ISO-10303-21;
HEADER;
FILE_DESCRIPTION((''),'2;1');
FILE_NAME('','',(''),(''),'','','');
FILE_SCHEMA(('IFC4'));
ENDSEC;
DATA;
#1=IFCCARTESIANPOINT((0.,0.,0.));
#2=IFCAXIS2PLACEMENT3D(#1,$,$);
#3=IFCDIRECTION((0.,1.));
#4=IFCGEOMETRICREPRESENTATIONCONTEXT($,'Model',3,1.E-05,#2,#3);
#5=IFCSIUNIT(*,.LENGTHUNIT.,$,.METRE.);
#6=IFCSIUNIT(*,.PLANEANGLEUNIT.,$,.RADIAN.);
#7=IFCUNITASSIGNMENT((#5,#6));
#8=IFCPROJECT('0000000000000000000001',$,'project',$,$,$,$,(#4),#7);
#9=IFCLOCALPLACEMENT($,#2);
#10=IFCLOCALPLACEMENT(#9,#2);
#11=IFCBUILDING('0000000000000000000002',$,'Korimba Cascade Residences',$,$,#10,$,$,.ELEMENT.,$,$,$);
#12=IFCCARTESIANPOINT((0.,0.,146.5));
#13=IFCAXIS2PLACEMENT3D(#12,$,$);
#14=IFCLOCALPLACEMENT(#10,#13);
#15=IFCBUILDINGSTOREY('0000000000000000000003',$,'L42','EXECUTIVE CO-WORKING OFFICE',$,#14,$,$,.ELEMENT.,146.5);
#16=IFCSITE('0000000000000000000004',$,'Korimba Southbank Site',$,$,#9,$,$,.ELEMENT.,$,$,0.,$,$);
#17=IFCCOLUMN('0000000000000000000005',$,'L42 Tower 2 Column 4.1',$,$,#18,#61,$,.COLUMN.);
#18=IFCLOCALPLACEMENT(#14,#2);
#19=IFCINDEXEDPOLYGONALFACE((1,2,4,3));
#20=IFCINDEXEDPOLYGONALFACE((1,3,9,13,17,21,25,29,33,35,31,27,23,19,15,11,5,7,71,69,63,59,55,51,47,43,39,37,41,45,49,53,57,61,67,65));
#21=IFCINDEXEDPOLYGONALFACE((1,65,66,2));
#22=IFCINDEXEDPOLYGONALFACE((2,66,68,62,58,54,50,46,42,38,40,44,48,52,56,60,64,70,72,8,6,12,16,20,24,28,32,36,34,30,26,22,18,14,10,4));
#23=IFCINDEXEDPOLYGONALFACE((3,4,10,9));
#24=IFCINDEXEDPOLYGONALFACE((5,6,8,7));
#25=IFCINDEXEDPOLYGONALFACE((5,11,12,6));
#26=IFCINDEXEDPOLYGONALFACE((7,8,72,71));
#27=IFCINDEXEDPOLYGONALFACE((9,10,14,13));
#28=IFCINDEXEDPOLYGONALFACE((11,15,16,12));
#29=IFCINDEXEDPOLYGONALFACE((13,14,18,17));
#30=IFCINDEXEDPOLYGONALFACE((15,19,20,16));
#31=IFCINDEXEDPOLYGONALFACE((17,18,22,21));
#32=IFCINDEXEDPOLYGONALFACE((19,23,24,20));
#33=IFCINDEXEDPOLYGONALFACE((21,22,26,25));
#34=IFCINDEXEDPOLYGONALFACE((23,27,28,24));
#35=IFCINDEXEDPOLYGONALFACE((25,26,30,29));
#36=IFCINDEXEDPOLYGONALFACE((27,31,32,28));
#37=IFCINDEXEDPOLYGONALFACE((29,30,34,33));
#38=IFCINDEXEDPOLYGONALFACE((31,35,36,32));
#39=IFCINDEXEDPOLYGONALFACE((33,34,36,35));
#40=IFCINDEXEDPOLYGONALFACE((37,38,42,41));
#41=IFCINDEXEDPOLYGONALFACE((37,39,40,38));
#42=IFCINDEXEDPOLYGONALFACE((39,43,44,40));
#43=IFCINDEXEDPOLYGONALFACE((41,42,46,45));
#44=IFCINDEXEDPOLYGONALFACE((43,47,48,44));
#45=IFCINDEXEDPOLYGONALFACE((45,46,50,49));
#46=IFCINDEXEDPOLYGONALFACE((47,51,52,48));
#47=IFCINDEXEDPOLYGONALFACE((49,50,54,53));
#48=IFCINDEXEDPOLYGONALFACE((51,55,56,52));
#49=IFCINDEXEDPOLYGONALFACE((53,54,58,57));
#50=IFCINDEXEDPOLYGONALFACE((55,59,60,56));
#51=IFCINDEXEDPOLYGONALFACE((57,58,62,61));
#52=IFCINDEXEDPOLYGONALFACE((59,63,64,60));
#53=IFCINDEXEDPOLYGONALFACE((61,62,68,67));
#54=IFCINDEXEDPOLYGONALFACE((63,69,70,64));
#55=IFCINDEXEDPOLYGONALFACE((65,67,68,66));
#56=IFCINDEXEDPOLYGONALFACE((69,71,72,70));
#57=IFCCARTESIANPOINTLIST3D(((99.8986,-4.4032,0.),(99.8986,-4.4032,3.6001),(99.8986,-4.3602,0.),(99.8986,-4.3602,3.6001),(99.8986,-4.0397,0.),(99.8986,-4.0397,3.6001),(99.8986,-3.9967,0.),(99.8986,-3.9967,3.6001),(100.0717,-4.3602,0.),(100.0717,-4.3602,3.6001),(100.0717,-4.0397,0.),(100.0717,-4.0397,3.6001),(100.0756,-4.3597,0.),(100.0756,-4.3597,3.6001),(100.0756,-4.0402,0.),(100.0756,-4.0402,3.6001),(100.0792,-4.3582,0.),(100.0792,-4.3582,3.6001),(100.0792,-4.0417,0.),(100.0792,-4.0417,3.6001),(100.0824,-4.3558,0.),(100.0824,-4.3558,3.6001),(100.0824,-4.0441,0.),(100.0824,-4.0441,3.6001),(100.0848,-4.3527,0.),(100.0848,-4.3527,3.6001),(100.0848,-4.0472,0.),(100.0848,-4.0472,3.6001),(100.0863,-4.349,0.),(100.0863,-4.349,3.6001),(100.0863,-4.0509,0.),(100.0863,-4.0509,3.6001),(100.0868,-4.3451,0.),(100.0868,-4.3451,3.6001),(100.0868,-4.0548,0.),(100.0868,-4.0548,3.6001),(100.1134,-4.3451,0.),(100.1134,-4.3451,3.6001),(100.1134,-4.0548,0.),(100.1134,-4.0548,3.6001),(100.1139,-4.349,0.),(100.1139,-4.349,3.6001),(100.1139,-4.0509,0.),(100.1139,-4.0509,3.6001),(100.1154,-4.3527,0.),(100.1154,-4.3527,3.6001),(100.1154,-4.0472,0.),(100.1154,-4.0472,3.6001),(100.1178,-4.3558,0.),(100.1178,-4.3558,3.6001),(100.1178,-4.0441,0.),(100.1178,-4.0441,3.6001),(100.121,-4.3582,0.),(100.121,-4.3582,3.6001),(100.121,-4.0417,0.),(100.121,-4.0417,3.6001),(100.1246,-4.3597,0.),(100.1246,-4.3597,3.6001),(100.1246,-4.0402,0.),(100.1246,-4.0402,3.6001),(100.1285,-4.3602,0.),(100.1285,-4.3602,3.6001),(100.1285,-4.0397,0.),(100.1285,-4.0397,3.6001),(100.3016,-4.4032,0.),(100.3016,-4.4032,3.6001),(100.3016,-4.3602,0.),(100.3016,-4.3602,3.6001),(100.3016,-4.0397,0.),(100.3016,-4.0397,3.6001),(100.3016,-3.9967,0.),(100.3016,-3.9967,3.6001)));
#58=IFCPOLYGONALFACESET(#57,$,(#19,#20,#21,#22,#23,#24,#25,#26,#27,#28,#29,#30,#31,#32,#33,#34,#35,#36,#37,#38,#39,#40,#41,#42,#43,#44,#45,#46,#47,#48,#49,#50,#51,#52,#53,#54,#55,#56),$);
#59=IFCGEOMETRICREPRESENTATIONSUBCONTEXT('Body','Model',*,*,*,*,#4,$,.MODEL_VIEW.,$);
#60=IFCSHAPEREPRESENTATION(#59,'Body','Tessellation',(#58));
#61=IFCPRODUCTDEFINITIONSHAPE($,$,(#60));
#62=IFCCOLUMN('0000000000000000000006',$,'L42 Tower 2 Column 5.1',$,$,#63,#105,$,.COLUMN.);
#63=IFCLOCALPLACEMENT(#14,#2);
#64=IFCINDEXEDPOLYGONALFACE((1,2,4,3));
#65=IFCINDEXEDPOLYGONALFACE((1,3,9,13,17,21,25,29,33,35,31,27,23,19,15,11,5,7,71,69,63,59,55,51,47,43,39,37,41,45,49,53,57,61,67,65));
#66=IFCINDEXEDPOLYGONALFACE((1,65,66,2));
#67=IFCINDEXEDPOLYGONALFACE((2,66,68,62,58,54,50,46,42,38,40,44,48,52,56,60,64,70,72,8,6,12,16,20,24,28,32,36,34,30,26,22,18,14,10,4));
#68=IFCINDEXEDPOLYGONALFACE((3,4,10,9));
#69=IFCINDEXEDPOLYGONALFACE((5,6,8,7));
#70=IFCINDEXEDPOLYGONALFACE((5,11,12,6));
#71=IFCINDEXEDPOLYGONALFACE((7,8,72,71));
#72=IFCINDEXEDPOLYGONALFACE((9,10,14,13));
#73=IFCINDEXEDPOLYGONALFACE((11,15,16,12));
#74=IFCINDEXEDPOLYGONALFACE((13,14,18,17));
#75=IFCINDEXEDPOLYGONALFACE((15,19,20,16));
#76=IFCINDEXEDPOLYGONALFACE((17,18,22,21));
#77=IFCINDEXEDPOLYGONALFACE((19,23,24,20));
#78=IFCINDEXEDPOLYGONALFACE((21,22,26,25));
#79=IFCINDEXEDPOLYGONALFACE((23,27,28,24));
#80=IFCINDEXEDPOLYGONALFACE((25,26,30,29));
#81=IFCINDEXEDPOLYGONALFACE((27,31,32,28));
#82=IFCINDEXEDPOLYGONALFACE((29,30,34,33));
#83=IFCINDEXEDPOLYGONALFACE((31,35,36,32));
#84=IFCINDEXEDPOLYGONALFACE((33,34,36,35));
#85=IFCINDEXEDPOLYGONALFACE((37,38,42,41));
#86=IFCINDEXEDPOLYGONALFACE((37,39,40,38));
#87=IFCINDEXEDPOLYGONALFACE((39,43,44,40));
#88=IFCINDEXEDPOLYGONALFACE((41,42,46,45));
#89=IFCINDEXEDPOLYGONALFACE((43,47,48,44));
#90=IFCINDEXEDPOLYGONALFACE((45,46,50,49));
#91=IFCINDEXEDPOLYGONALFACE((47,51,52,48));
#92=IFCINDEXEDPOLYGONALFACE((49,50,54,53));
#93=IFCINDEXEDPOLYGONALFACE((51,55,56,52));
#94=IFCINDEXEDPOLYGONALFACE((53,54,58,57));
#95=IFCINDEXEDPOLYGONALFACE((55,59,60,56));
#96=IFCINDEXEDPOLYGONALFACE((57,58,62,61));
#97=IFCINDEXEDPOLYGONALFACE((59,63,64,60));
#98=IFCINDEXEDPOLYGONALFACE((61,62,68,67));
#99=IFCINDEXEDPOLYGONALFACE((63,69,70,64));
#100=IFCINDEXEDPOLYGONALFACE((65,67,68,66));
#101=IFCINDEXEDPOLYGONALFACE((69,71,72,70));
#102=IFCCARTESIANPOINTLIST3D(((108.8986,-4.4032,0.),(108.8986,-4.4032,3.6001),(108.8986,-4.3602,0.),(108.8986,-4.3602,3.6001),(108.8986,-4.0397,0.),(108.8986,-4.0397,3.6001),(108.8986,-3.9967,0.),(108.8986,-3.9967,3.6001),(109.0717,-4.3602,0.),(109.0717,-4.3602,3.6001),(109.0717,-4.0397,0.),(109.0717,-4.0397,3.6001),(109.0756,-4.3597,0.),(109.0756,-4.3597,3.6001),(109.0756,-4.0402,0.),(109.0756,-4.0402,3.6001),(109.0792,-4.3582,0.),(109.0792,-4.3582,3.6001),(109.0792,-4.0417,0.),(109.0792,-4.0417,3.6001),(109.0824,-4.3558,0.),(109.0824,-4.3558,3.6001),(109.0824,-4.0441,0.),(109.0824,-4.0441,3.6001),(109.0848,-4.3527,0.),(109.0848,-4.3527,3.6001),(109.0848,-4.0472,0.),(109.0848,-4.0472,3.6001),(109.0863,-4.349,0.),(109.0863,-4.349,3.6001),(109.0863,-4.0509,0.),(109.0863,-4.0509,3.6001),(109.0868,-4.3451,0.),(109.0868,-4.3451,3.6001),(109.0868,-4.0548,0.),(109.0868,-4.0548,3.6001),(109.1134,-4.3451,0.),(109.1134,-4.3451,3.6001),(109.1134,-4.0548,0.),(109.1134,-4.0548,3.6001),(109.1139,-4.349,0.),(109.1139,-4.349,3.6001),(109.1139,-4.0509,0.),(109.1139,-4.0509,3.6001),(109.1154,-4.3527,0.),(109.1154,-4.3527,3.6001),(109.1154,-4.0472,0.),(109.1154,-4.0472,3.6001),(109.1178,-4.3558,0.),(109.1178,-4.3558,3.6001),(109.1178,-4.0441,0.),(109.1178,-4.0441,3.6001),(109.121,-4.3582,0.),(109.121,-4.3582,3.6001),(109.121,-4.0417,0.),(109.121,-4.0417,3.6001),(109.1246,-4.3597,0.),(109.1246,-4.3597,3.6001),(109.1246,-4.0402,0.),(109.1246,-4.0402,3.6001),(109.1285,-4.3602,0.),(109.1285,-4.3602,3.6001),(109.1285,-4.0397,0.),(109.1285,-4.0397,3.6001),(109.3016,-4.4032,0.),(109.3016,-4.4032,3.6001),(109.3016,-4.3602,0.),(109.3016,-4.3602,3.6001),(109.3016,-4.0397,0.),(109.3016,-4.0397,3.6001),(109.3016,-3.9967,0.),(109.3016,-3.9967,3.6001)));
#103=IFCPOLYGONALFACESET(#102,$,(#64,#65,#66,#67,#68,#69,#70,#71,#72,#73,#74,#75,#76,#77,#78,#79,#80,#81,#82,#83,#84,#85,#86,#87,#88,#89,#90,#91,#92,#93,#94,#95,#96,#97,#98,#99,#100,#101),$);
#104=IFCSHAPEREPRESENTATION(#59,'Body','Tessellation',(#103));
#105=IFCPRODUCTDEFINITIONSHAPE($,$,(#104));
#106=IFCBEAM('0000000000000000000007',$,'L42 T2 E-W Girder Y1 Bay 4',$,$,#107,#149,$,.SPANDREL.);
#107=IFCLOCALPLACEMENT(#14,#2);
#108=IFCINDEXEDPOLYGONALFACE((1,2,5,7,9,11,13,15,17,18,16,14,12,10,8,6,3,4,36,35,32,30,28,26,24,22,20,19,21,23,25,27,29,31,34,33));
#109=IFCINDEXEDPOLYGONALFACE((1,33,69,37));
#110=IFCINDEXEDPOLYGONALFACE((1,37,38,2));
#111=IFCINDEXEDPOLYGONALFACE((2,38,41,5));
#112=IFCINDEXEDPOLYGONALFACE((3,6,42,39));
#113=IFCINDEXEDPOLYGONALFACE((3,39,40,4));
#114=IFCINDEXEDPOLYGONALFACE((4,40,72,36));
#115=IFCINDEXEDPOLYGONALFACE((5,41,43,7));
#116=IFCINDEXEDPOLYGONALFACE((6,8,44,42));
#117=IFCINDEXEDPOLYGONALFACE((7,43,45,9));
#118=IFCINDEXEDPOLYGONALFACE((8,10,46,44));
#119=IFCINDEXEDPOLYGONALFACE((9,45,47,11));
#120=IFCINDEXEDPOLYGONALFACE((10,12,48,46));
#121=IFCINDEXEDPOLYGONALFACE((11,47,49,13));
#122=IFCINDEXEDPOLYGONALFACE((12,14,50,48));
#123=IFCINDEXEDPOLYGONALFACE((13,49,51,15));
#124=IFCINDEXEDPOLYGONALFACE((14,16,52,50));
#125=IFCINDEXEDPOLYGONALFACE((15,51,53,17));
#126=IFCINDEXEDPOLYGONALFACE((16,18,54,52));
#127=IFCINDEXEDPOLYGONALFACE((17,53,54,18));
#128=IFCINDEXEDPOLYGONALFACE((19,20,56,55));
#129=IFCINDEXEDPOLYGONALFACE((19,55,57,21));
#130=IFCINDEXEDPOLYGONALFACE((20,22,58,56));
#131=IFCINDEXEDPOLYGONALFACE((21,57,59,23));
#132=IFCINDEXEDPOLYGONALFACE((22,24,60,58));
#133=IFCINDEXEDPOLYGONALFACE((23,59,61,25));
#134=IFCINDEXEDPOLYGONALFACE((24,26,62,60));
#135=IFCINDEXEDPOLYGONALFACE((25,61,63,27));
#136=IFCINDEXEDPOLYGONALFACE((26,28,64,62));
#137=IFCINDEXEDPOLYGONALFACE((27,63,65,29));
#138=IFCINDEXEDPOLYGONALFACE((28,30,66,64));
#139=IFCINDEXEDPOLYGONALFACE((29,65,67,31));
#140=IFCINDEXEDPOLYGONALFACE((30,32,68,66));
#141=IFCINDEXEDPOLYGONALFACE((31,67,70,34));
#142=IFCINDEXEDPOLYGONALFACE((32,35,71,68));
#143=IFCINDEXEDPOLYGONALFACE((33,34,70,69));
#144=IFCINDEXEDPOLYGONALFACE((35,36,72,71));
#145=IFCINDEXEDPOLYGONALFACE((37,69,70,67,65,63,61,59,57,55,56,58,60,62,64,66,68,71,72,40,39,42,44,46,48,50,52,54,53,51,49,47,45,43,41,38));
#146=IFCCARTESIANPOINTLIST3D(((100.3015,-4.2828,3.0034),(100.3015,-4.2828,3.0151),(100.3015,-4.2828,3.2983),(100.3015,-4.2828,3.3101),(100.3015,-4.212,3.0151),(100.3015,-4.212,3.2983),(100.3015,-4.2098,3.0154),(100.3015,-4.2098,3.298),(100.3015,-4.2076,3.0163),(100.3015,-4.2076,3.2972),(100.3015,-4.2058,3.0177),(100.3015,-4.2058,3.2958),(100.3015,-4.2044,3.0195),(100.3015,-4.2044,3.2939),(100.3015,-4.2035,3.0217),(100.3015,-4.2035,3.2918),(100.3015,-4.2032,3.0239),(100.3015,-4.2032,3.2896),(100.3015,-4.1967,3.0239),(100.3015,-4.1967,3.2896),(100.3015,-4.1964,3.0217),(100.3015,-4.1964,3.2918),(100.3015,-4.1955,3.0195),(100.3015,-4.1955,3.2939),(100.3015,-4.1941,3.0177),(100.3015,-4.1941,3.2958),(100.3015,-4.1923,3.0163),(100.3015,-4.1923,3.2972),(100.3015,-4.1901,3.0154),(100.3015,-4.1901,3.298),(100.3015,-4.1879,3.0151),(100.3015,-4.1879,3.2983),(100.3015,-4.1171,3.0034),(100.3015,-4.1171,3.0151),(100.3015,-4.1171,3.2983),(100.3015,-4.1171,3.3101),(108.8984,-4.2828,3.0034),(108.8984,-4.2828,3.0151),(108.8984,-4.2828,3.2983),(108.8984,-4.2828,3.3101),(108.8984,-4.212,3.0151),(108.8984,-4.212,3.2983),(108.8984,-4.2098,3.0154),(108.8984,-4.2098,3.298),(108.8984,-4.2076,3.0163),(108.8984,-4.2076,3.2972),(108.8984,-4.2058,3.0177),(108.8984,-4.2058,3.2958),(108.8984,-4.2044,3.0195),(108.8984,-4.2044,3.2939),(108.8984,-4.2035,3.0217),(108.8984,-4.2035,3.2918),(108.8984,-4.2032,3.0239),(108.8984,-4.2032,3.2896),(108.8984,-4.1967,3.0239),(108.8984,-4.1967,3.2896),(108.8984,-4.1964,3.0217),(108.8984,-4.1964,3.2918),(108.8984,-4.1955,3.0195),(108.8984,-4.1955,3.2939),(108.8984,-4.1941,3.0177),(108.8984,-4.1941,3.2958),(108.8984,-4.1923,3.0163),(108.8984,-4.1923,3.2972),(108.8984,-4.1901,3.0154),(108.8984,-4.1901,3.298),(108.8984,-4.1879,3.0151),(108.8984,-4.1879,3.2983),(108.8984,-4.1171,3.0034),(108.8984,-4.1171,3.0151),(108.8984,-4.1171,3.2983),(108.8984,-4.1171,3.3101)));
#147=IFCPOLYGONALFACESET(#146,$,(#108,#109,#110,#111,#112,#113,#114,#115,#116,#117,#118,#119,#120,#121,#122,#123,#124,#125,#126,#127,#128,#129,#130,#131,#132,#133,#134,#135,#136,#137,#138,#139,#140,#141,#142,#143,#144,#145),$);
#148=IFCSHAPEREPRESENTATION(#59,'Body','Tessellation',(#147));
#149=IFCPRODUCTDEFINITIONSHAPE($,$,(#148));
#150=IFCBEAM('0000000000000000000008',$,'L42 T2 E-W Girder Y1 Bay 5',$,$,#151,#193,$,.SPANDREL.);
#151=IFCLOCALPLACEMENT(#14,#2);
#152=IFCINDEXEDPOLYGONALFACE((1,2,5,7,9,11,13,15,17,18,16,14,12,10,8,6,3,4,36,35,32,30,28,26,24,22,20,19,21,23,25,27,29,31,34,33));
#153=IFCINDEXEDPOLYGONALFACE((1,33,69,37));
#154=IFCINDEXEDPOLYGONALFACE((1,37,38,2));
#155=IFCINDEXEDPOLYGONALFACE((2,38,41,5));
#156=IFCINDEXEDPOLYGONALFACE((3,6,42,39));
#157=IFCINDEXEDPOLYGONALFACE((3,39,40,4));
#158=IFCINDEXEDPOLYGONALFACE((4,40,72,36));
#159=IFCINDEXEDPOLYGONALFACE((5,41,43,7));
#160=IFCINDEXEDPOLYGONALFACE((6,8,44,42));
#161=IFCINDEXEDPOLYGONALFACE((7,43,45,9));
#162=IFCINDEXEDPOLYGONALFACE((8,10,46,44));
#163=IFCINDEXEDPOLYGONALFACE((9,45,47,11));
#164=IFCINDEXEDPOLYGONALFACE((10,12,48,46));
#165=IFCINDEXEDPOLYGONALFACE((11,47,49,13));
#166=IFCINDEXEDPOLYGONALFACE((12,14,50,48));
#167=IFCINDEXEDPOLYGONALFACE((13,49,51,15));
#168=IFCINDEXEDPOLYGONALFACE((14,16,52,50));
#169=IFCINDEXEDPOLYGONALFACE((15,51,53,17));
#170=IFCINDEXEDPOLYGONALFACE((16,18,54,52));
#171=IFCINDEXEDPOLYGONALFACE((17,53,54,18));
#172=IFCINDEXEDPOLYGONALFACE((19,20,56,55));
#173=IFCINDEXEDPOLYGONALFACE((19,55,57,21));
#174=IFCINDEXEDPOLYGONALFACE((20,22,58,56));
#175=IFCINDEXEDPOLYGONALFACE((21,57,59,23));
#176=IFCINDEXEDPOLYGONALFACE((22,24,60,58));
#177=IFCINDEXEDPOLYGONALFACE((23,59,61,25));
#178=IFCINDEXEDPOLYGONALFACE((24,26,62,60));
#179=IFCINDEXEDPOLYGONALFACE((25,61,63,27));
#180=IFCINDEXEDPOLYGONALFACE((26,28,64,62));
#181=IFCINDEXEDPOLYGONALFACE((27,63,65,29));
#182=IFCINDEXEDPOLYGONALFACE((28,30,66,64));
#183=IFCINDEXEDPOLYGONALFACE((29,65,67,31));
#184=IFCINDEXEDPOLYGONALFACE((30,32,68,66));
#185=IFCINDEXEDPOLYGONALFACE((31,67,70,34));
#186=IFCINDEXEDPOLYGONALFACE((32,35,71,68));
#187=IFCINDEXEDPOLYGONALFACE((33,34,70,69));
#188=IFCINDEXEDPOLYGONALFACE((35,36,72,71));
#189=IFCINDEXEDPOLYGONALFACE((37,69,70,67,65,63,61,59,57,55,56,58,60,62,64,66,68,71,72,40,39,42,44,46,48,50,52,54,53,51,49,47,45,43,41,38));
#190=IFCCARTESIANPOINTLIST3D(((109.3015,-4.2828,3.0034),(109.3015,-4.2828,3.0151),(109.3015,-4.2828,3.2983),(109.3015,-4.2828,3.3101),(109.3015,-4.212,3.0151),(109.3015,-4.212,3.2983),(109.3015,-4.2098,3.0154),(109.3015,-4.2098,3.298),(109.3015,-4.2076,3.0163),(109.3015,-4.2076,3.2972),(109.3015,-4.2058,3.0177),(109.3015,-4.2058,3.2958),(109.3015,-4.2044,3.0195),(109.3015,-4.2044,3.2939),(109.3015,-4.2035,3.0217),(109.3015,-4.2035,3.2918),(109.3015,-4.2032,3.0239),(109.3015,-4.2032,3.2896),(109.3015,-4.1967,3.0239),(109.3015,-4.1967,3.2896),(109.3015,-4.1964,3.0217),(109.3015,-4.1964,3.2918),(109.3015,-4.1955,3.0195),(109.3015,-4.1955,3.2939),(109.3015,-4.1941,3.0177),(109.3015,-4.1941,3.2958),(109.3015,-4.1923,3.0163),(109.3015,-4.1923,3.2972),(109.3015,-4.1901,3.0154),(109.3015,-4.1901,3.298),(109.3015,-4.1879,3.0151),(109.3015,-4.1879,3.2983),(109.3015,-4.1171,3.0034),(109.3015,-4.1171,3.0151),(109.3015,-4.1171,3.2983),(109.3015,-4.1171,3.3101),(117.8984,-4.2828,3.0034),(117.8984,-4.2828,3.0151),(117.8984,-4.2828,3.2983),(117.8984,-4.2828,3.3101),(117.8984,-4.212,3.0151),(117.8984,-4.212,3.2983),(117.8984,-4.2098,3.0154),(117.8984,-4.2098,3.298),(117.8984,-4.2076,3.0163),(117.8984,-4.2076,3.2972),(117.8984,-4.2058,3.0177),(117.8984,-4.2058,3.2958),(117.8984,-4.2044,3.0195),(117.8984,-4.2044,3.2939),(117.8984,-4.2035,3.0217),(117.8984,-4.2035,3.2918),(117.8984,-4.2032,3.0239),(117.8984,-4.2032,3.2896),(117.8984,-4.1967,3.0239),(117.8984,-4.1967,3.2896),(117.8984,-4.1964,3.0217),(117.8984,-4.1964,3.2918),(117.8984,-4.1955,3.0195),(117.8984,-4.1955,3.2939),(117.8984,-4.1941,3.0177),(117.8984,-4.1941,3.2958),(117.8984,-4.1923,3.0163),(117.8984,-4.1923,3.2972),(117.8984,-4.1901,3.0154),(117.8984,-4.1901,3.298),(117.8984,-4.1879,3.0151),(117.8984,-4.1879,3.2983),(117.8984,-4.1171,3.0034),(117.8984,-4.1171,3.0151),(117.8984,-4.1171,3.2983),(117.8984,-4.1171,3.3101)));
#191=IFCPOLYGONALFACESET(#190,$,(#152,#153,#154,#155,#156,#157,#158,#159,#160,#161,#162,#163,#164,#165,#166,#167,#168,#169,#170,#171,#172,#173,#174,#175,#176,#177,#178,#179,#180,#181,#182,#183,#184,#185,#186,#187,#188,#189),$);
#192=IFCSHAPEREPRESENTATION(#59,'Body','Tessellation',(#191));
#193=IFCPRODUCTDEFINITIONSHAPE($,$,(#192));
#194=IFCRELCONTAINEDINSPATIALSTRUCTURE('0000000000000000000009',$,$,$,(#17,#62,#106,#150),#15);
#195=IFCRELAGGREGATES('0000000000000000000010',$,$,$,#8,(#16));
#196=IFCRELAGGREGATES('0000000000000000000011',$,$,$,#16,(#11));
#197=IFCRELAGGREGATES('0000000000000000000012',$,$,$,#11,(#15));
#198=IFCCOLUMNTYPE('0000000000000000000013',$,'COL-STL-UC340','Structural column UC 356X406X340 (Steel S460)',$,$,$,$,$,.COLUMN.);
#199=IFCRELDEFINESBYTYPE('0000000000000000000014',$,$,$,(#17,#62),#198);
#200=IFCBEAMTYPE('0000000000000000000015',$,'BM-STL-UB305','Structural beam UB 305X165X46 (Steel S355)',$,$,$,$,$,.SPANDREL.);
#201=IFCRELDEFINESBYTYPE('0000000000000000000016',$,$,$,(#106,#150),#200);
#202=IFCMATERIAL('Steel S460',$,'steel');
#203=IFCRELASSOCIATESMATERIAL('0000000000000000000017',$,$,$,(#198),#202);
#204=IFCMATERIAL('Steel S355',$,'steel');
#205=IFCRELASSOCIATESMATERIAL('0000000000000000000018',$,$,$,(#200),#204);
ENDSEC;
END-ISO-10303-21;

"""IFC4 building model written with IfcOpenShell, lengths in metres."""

from ifc_helpers import new_model, si_unit, direction, frame, origin, origin_2d, place, context, subcontext, project, spatial, i_section, extrude, material, material_profile, profile_set, type_object, element, save


model = new_model("IFC4")

# Units and contexts
model_context = context("Model", 3, precision=1e-05, world=origin(), true_north=direction((0.0, 1.0)))
body_context = subcontext(model_context, "Body", "Model", "MODEL_VIEW")
ifc_project = project(units=[si_unit("LENGTHUNIT", "METRE"), si_unit("PLANEANGLEUNIT", "RADIAN")], contexts=[model_context])

# Site, building, storey
site_placement = place(None, origin())
site = spatial("IfcSite", under=ifc_project, at=site_placement, Name="Korimba Southbank Site", CompositionType="ELEMENT", RefElevation=0.0)
building_placement = place(site_placement, origin())
building = spatial("IfcBuilding", under=site, at=building_placement, Name="Korimba Cascade Residences", CompositionType="ELEMENT")
storey_placement = place(building_placement, frame((0.0, 0.0, 146.5)))
storey = spatial("IfcBuildingStorey", under=building, at=storey_placement, Name="L42", Description="EXECUTIVE CO-WORKING OFFICE", CompositionType="ELEMENT", Elevation=146.5)

# Columns
ifc_material_1 = material(Name="Steel S460", Category="steel")
ifc_material_profile_1 = material_profile(ifc_material_1, i_section(OverallWidth=0.4031, OverallDepth=0.4065, WebThickness=0.0266, FlangeThickness=0.043, FilletRadius=0.0151, at=origin_2d()), Name="Steel S460")
ifc_profile_set_1 = profile_set([ifc_material_profile_1], Name="Steel S460")
column_type = type_object("IfcColumnType", Name="COL-STL-UC340", Description="Structural column UC 356X406X340 (Steel S460)", PredefinedType="COLUMN", material=ifc_profile_set_1)
for number, where, z_axis, x_axis, name in (
    (1, (100.1001, -4.2, 0.0), (0.0, 0.0, 1.0), (1.0, 0.0, 0.0), "L42 Tower 2 Column 4.1"),
    (2, (109.1001, -4.2, 0.0), (0.0, 0.0, 1.0), (1.0, 0.0, 0.0), "L42 Tower 2 Column 5.1"),
):
    element("IfcColumn", number, at=place(storey_placement, frame(where, z_axis=z_axis, x_axis=x_axis)), inside=storey, type_object=column_type, Name=name, PredefinedType="COLUMN", context=body_context, shape_type="SweptSolid", body=[
        extrude(i_section(OverallWidth=0.4031, OverallDepth=0.4065, WebThickness=0.0266, FlangeThickness=0.043, FilletRadius=0.0151, at=origin_2d()), origin(), (0.0, 0.0, 1.0), 3.6001),
    ])

# Beams
ifc_material_2 = material(Name="Steel S355", Category="steel")
ifc_material_profile_2 = material_profile(ifc_material_2, i_section(OverallWidth=0.1658, OverallDepth=0.3066, WebThickness=0.0066, FlangeThickness=0.0117, FilletRadius=0.0088, at=origin_2d()), Name="Steel S355")
ifc_profile_set_2 = profile_set([ifc_material_profile_2], Name="Steel S355")
beam_type_1 = type_object("IfcBeamType", Name="BM-STL-UB305", Description="Structural beam UB 305X165X46 (Steel S355)", PredefinedType="SPANDREL", material=ifc_profile_set_2)
for number, where, z_axis, x_axis, name in (
    (3, (100.3015, -4.2, 3.1567), (1.0, 0.0, 0.0), (0.0, 1.0, 0.0), "L42 T2 E-W Girder Y1 Bay 4"),
    (4, (109.3015, -4.2, 3.1567), (1.0, 0.0, 0.0), (0.0, 1.0, 0.0), "L42 T2 E-W Girder Y1 Bay 5"),
):
    element("IfcBeam", number, at=place(storey_placement, frame(where, z_axis=z_axis, x_axis=x_axis)), inside=storey, type_object=beam_type_1, Name=name, PredefinedType="SPANDREL", context=body_context, shape_type="SweptSolid", body=[
        extrude(i_section(OverallWidth=0.1658, OverallDepth=0.3066, WebThickness=0.0066, FlangeThickness=0.0117, FilletRadius=0.0088, at=origin_2d()), origin(), (0.0, 0.0, 1.0), 8.5969),
    ])

save(model, "model.ifc")
